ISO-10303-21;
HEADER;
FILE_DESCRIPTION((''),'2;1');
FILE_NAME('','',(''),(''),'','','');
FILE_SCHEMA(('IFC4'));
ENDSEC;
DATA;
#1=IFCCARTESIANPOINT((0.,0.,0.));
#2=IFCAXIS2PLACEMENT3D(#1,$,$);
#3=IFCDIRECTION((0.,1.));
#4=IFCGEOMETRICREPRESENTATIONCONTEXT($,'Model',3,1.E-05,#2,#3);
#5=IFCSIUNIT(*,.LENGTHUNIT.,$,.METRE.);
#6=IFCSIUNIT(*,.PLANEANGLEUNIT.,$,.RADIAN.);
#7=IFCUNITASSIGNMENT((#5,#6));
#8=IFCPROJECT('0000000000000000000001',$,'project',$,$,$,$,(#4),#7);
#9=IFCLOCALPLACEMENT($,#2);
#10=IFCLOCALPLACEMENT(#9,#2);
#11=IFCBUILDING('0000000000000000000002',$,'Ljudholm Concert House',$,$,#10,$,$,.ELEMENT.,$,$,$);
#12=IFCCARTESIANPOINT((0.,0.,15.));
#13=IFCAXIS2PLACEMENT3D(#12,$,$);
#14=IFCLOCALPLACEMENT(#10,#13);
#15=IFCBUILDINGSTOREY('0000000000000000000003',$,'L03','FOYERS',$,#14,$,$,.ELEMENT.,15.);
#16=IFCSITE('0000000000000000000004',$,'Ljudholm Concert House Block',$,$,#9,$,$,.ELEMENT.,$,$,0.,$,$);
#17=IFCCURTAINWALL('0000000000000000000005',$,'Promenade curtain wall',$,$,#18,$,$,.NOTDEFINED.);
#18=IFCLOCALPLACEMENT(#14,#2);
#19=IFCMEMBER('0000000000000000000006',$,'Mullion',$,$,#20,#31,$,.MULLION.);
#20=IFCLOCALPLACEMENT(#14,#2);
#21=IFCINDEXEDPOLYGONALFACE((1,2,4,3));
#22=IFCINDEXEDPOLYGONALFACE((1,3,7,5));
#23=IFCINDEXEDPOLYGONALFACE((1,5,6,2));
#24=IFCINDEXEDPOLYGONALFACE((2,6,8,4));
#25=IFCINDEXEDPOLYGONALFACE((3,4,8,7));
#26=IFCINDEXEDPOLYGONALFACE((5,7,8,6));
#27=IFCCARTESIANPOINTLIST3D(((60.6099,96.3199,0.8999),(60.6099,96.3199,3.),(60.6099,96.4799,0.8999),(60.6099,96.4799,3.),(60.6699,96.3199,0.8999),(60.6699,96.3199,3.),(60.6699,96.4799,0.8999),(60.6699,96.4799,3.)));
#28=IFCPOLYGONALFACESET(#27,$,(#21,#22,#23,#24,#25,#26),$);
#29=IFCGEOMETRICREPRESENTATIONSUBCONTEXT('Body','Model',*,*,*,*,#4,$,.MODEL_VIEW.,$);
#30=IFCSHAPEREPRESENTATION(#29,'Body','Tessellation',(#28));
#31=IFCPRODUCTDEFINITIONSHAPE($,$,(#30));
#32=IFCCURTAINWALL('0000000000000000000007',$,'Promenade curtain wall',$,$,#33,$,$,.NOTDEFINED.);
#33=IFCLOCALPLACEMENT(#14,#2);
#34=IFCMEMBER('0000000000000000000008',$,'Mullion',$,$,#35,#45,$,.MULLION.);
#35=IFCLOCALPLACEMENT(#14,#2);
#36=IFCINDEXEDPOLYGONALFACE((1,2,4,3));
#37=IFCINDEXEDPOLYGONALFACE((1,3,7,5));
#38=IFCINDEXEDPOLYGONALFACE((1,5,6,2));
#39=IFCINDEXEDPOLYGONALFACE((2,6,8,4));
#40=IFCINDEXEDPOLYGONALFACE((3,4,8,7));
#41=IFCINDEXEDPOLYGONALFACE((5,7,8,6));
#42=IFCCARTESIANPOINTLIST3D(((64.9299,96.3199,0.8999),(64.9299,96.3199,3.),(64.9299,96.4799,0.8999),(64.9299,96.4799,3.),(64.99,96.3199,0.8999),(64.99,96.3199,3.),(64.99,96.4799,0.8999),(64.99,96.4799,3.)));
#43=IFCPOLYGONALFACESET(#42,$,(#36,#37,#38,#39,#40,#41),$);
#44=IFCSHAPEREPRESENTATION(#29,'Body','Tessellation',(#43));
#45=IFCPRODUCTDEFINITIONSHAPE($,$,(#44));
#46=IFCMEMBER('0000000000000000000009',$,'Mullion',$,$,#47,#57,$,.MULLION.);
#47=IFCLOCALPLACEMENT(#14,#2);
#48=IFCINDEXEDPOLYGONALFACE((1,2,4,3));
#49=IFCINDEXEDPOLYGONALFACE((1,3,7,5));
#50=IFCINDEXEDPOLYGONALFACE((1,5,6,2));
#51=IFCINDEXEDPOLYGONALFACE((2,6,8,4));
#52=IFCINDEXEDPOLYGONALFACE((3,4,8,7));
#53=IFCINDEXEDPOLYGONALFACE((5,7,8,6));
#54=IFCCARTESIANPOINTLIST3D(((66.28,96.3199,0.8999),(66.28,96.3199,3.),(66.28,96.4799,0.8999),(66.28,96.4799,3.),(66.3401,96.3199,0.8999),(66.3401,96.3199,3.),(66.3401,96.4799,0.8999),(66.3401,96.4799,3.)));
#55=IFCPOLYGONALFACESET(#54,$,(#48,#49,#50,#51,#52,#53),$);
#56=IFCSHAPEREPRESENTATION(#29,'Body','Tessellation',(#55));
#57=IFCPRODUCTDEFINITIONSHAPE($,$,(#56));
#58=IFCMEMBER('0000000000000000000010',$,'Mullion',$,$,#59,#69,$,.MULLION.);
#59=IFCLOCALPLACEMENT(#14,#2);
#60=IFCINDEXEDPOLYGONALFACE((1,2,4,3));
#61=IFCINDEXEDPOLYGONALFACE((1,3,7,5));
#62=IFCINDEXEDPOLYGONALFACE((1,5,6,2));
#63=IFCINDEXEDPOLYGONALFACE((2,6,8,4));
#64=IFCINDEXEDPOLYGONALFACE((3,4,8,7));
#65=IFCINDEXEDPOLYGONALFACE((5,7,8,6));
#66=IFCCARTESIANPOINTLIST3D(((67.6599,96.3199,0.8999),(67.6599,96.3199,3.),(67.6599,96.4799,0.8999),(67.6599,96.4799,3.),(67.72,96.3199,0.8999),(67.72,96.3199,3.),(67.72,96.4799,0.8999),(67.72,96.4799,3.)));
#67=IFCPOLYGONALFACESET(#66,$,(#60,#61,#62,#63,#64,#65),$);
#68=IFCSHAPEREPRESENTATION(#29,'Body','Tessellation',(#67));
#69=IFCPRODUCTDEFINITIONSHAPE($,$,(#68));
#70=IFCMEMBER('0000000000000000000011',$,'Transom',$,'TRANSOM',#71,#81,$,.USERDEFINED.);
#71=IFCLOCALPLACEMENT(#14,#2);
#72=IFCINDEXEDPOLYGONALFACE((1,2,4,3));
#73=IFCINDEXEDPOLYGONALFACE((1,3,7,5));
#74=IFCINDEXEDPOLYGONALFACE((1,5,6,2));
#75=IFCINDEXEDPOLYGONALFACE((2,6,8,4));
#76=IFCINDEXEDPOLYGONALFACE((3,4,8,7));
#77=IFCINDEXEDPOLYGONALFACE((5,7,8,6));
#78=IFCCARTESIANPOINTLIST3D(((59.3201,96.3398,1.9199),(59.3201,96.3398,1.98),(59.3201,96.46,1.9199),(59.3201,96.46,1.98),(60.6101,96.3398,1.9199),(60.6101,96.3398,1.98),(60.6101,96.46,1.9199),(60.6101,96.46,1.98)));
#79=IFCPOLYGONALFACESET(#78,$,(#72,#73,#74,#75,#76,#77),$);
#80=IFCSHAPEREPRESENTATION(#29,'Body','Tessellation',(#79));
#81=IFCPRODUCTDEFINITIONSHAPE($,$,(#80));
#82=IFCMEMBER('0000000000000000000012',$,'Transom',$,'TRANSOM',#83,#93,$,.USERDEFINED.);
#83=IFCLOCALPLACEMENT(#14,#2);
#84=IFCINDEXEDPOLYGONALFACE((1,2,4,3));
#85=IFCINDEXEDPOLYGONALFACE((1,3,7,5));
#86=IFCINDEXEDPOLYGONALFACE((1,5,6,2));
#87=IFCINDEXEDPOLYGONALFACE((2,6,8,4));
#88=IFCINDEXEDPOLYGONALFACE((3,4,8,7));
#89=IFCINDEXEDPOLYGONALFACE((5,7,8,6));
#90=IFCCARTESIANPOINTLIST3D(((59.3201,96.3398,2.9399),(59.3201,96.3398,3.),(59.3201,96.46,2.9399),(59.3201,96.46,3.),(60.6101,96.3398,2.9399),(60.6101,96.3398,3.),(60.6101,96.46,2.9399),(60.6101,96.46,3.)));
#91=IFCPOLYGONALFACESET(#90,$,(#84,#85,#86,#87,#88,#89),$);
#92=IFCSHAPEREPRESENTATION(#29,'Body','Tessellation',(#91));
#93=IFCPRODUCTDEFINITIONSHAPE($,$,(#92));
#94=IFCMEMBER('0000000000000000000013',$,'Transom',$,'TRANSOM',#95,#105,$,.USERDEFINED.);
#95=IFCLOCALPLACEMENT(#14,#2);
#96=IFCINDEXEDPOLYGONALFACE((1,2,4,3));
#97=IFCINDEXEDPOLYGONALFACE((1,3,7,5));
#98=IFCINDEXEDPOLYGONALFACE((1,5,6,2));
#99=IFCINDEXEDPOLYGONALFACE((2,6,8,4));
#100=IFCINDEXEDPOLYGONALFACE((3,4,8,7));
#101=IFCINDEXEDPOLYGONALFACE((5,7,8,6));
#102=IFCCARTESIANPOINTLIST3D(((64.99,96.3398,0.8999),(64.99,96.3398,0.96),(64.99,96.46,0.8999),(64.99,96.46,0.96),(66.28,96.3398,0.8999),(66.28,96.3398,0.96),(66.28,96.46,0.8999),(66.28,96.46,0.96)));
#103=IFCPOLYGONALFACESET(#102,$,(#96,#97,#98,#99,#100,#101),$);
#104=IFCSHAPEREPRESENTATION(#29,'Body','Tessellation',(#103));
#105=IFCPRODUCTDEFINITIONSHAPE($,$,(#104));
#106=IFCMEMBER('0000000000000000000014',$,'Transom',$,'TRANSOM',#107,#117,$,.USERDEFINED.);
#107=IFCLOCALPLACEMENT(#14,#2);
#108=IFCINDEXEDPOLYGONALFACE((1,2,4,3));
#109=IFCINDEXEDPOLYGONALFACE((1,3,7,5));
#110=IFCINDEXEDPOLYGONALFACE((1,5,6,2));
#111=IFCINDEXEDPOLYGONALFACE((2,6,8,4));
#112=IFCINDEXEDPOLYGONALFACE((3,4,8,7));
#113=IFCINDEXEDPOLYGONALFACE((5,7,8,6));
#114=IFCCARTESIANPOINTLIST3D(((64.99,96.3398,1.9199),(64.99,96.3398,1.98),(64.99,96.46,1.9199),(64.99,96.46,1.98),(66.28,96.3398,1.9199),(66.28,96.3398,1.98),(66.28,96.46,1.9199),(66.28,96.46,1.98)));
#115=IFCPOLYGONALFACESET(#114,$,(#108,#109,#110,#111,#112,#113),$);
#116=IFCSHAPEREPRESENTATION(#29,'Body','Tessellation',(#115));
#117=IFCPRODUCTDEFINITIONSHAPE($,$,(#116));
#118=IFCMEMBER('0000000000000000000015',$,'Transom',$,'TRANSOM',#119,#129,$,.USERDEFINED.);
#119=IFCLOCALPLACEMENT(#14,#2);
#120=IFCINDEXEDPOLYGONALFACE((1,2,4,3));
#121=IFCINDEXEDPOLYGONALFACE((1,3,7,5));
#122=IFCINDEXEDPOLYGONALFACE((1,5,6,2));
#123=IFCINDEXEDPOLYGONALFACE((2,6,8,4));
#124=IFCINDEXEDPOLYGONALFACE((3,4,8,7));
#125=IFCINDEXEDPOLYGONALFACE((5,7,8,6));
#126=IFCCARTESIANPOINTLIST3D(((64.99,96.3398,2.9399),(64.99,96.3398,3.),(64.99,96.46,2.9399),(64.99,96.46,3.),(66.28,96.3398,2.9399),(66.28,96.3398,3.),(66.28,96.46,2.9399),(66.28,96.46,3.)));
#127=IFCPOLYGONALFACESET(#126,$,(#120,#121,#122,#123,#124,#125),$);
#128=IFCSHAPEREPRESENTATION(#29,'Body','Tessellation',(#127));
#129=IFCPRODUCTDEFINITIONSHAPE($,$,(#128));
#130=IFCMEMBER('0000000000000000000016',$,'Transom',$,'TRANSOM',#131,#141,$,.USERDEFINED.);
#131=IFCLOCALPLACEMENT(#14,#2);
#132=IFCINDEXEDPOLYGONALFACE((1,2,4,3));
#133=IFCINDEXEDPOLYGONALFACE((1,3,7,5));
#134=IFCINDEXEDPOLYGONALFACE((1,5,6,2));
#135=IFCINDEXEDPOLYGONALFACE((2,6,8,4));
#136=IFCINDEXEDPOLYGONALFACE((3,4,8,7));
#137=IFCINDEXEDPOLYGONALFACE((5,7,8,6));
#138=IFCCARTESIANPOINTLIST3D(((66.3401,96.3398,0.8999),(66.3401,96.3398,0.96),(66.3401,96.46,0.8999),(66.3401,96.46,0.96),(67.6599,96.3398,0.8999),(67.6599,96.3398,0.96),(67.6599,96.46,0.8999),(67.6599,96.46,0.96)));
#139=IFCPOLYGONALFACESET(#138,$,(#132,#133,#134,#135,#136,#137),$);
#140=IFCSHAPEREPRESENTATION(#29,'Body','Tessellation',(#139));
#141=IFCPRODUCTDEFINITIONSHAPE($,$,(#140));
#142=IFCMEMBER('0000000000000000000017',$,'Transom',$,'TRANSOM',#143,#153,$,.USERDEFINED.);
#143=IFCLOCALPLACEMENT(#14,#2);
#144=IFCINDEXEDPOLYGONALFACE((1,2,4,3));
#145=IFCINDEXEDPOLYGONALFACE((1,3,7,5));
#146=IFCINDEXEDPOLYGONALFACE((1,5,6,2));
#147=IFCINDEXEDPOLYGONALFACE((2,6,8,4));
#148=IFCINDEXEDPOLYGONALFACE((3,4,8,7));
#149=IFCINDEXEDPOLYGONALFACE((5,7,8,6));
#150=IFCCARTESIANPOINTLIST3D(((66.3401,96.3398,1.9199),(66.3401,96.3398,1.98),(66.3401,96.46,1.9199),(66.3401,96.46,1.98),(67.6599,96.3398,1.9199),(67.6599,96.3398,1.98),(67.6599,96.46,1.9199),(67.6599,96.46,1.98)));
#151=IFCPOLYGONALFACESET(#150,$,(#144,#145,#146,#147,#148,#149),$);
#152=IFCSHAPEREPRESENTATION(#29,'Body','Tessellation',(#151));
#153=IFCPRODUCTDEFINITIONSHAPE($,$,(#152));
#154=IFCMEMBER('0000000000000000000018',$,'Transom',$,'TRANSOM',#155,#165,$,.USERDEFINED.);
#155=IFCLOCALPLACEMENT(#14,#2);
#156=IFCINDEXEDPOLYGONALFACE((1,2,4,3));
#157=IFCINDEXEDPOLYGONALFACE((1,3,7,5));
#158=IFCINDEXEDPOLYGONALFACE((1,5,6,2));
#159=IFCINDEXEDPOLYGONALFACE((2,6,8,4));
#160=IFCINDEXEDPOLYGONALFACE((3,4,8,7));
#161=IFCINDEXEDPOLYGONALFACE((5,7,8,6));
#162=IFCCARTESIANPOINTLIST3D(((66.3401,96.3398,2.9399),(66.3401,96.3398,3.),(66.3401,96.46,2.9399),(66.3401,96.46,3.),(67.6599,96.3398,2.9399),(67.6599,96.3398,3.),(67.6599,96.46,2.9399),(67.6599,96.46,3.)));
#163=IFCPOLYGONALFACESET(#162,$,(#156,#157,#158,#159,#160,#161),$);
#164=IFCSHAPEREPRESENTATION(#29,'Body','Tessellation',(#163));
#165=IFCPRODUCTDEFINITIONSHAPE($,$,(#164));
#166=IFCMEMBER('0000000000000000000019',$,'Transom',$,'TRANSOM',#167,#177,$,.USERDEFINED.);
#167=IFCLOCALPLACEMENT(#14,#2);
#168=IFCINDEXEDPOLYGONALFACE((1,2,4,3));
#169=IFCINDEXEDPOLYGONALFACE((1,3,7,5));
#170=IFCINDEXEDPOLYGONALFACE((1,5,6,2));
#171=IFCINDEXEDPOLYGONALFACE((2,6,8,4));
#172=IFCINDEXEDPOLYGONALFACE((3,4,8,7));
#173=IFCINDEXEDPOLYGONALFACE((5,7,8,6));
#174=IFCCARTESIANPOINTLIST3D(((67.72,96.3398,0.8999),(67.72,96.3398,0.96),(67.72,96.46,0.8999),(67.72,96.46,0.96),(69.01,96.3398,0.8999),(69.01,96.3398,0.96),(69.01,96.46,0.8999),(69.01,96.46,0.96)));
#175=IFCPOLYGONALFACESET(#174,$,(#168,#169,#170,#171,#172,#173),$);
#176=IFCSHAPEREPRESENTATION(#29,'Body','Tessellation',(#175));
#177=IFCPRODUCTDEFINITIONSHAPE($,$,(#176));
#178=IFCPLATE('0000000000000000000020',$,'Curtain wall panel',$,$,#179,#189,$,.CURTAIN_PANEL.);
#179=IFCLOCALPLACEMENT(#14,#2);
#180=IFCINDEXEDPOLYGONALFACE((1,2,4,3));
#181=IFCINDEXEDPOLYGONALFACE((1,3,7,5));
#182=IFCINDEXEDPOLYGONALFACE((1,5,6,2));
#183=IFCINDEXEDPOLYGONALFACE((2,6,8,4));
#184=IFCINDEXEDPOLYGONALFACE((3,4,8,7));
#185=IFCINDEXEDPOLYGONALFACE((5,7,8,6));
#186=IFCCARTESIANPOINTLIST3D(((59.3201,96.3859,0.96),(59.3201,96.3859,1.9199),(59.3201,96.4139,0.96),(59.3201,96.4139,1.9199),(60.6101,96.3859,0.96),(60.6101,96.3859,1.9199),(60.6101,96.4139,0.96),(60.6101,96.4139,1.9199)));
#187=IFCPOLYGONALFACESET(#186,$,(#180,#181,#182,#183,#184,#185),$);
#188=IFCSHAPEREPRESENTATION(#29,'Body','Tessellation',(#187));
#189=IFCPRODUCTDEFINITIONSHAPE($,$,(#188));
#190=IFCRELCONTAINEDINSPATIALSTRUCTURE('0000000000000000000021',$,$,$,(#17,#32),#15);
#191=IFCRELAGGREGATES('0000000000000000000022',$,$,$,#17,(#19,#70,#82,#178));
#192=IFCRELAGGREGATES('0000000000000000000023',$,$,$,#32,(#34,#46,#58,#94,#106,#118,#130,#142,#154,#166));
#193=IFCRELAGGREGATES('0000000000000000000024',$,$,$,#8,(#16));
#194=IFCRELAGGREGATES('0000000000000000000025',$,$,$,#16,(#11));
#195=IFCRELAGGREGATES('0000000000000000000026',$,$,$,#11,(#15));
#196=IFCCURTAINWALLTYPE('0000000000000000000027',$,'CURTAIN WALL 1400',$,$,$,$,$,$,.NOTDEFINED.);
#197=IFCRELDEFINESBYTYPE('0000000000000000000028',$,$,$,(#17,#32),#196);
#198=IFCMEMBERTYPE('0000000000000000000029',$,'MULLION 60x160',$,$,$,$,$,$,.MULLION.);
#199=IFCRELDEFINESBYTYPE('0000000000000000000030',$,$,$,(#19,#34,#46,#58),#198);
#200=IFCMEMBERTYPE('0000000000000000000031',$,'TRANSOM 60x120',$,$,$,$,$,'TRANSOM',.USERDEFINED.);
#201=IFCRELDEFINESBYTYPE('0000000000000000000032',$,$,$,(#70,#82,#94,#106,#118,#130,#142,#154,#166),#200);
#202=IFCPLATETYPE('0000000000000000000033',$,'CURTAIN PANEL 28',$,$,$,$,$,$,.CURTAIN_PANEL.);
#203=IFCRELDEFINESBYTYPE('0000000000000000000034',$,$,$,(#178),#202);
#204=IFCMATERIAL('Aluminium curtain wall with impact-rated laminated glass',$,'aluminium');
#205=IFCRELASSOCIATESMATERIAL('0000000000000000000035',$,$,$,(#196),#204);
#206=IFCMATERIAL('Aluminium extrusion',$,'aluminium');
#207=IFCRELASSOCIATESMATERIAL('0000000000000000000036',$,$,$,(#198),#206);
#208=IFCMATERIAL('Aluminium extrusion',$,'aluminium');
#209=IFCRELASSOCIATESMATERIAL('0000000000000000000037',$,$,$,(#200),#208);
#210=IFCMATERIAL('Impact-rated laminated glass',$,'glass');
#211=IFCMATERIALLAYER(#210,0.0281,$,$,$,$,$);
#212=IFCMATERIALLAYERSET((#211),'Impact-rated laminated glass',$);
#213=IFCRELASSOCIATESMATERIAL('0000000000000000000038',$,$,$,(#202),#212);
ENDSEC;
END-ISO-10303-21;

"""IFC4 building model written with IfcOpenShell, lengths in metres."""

from ifc_helpers import new_model, si_unit, direction, frame, origin, origin_2d, place, context, subcontext, project, spatial, rectangle, extrude, material, layer, layer_set, material_profile, profile_set, type_object, element, aggregate, save


model = new_model("IFC4")

# Units and contexts
model_context = context("Model", 3, precision=1e-05, world=origin(), true_north=direction((0.0, 1.0)))
body_context = subcontext(model_context, "Body", "Model", "MODEL_VIEW")
ifc_project = project(units=[si_unit("LENGTHUNIT", "METRE"), si_unit("PLANEANGLEUNIT", "RADIAN")], contexts=[model_context])

# Site, building, storey
site_placement = place(None, origin())
site = spatial("IfcSite", under=ifc_project, at=site_placement, Name="Ljudholm Concert House Block", CompositionType="ELEMENT", RefElevation=0.0)
building_placement = place(site_placement, origin())
building = spatial("IfcBuilding", under=site, at=building_placement, Name="Ljudholm Concert House", CompositionType="ELEMENT")
storey_placement = place(building_placement, frame((0.0, 0.0, 15.0)))
storey = spatial("IfcBuildingStorey", under=building, at=storey_placement, Name="L03", Description="FOYERS", CompositionType="ELEMENT", Elevation=15.0)

# Curtain wall, member
ifc_material_1 = material(Name="Aluminium curtain wall with impact-rated laminated glass", Category="aluminium")
curtain_wall_type = type_object("IfcCurtainWallType", Name="CURTAIN WALL 1400", PredefinedType="NOTDEFINED", material=ifc_material_1)
curtain_wall_1_placement = place(storey_placement, origin())
curtain_wall_1 = element("IfcCurtainWall", 1, at=curtain_wall_1_placement, inside=storey, type_object=curtain_wall_type, Name="Promenade curtain wall", PredefinedType="NOTDEFINED")
ifc_material_2 = material(Name="Aluminium extrusion", Category="aluminium")
ifc_material_profile_1 = material_profile(ifc_material_2, rectangle(XDim=0.1599, YDim=0.0601, at=origin_2d()), Name="MULLION 60x160")
ifc_profile_set_1 = profile_set([ifc_material_profile_1], Name="Aluminium extrusion")
member_type_1 = type_object("IfcMemberType", Name="MULLION 60x160", PredefinedType="MULLION", material=ifc_profile_set_1)
member_1_placement = place(storey_placement, frame((60.6399, 96.3999, 0.8999), z_axis=(0.0, 0.0, 1.0), x_axis=(0.0, 1.0, 0.0)))
member_1 = element("IfcMember", 2, at=member_1_placement, type_object=member_type_1, Name="Mullion", PredefinedType="MULLION", context=body_context, shape_type="SweptSolid", body=[
    extrude(rectangle(XDim=0.1599, YDim=0.0601, at=origin_2d()), origin(), (0.0, 0.0, 1.0), 2.1001),
])

# Curtain wall, members
curtain_wall_2_placement = place(storey_placement, origin())
curtain_wall_2 = element("IfcCurtainWall", 3, at=curtain_wall_2_placement, inside=storey, type_object=curtain_wall_type, Name="Promenade curtain wall", PredefinedType="NOTDEFINED")
member_2_placement = place(storey_placement, frame((64.96, 96.3999, 0.8999), z_axis=(0.0, 0.0, 1.0), x_axis=(0.0, 1.0, 0.0)))
member_2 = element("IfcMember", 4, at=member_2_placement, type_object=member_type_1, Name="Mullion", PredefinedType="MULLION", context=body_context, shape_type="SweptSolid", body=[
    extrude(rectangle(XDim=0.1599, YDim=0.0601, at=origin_2d()), origin(), (0.0, 0.0, 1.0), 2.1001),
])
member_3_placement = place(storey_placement, frame((66.3101, 96.3999, 0.8999), z_axis=(0.0, 0.0, 1.0), x_axis=(0.0, 1.0, 0.0)))
member_3 = element("IfcMember", 5, at=member_3_placement, type_object=member_type_1, Name="Mullion", PredefinedType="MULLION", context=body_context, shape_type="SweptSolid", body=[
    extrude(rectangle(XDim=0.1599, YDim=0.0601, at=origin_2d()), origin(), (0.0, 0.0, 1.0), 2.1001),
])
member_4_placement = place(storey_placement, frame((67.6899, 96.3999, 0.8999), z_axis=(0.0, 0.0, 1.0), x_axis=(0.0, 1.0, 0.0)))
member_4 = element("IfcMember", 6, at=member_4_placement, type_object=member_type_1, Name="Mullion", PredefinedType="MULLION", context=body_context, shape_type="SweptSolid", body=[
    extrude(rectangle(XDim=0.1599, YDim=0.0601, at=origin_2d()), origin(), (0.0, 0.0, 1.0), 2.1001),
])

# Members
ifc_material_3 = material(Name="Aluminium extrusion", Category="aluminium")
ifc_material_profile_2 = material_profile(ifc_material_3, rectangle(XDim=0.1201, YDim=0.0601, at=origin_2d()), Name="TRANSOM 60x120")
ifc_profile_set_2 = profile_set([ifc_material_profile_2], Name="Aluminium extrusion")
member_type_2 = type_object("IfcMemberType", Name="TRANSOM 60x120", ElementType="TRANSOM", PredefinedType="USERDEFINED", material=ifc_profile_set_2)
member_5_placement = place(storey_placement, frame((59.3201, 96.3999, 1.95), z_axis=(1.0, 0.0, 0.0), x_axis=(0.0, 1.0, 0.0)))
member_5 = element("IfcMember", 7, at=member_5_placement, type_object=member_type_2, Name="Transom", ObjectType="TRANSOM", PredefinedType="USERDEFINED", context=body_context, shape_type="SweptSolid", body=[
    extrude(rectangle(XDim=0.1201, YDim=0.0601, at=origin_2d()), origin(), (0.0, 0.0, 1.0), 1.29),
])
member_6_placement = place(storey_placement, frame((59.3201, 96.3999, 2.97), z_axis=(1.0, 0.0, 0.0), x_axis=(0.0, 1.0, 0.0)))
member_6 = element("IfcMember", 8, at=member_6_placement, type_object=member_type_2, Name="Transom", ObjectType="TRANSOM", PredefinedType="USERDEFINED", context=body_context, shape_type="SweptSolid", body=[
    extrude(rectangle(XDim=0.1201, YDim=0.0601, at=origin_2d()), origin(), (0.0, 0.0, 1.0), 1.29),
])
member_7_placement = place(storey_placement, frame((64.99, 96.3999, 0.9299), z_axis=(1.0, 0.0, 0.0), x_axis=(0.0, 1.0, 0.0)))
member_7 = element("IfcMember", 9, at=member_7_placement, type_object=member_type_2, Name="Transom", ObjectType="TRANSOM", PredefinedType="USERDEFINED", context=body_context, shape_type="SweptSolid", body=[
    extrude(rectangle(XDim=0.1201, YDim=0.0601, at=origin_2d()), origin(), (0.0, 0.0, 1.0), 1.29),
])
member_8_placement = place(storey_placement, frame((64.99, 96.3999, 1.95), z_axis=(1.0, 0.0, 0.0), x_axis=(0.0, 1.0, 0.0)))
member_8 = element("IfcMember", 10, at=member_8_placement, type_object=member_type_2, Name="Transom", ObjectType="TRANSOM", PredefinedType="USERDEFINED", context=body_context, shape_type="SweptSolid", body=[
    extrude(rectangle(XDim=0.1201, YDim=0.0601, at=origin_2d()), origin(), (0.0, 0.0, 1.0), 1.29),
])
member_9_placement = place(storey_placement, frame((64.99, 96.3999, 2.97), z_axis=(1.0, 0.0, 0.0), x_axis=(0.0, 1.0, 0.0)))
member_9 = element("IfcMember", 11, at=member_9_placement, type_object=member_type_2, Name="Transom", ObjectType="TRANSOM", PredefinedType="USERDEFINED", context=body_context, shape_type="SweptSolid", body=[
    extrude(rectangle(XDim=0.1201, YDim=0.0601, at=origin_2d()), origin(), (0.0, 0.0, 1.0), 1.29),
])
member_10_placement = place(storey_placement, frame((66.3401, 96.3999, 0.9299), z_axis=(1.0, 0.0, 0.0), x_axis=(0.0, 1.0, 0.0)))
member_10 = element("IfcMember", 12, at=member_10_placement, type_object=member_type_2, Name="Transom", ObjectType="TRANSOM", PredefinedType="USERDEFINED", context=body_context, shape_type="SweptSolid", body=[
    extrude(rectangle(XDim=0.1201, YDim=0.0601, at=origin_2d()), origin(), (0.0, 0.0, 1.0), 1.3198),
])
member_11_placement = place(storey_placement, frame((66.3401, 96.3999, 1.95), z_axis=(1.0, 0.0, 0.0), x_axis=(0.0, 1.0, 0.0)))
member_11 = element("IfcMember", 13, at=member_11_placement, type_object=member_type_2, Name="Transom", ObjectType="TRANSOM", PredefinedType="USERDEFINED", context=body_context, shape_type="SweptSolid", body=[
    extrude(rectangle(XDim=0.1201, YDim=0.0601, at=origin_2d()), origin(), (0.0, 0.0, 1.0), 1.3198),
])
member_12_placement = place(storey_placement, frame((66.3401, 96.3999, 2.97), z_axis=(1.0, 0.0, 0.0), x_axis=(0.0, 1.0, 0.0)))
member_12 = element("IfcMember", 14, at=member_12_placement, type_object=member_type_2, Name="Transom", ObjectType="TRANSOM", PredefinedType="USERDEFINED", context=body_context, shape_type="SweptSolid", body=[
    extrude(rectangle(XDim=0.1201, YDim=0.0601, at=origin_2d()), origin(), (0.0, 0.0, 1.0), 1.3198),
])
member_13_placement = place(storey_placement, frame((67.72, 96.3999, 0.9299), z_axis=(1.0, 0.0, 0.0), x_axis=(0.0, 1.0, 0.0)))
member_13 = element("IfcMember", 15, at=member_13_placement, type_object=member_type_2, Name="Transom", ObjectType="TRANSOM", PredefinedType="USERDEFINED", context=body_context, shape_type="SweptSolid", body=[
    extrude(rectangle(XDim=0.1201, YDim=0.0601, at=origin_2d()), origin(), (0.0, 0.0, 1.0), 1.29),
])

# Plate
ifc_material_4 = material(Name="Impact-rated laminated glass", Category="glass")
ifc_layer_1 = layer(ifc_material_4, 0.0281)
ifc_layer_set_1 = layer_set([ifc_layer_1], Name="Impact-rated laminated glass")
plate_type = type_object("IfcPlateType", Name="CURTAIN PANEL 28", PredefinedType="CURTAIN_PANEL", material=ifc_layer_set_1)
plate_1_placement = place(storey_placement, frame((59.9651, 96.3999, 0.96), z_axis=(0.0, 0.0, 1.0), x_axis=(1.0, 0.0, 0.0)))
plate_1 = element("IfcPlate", 16, at=plate_1_placement, type_object=plate_type, Name="Curtain wall panel", PredefinedType="CURTAIN_PANEL", context=body_context, shape_type="SweptSolid", body=[
    extrude(rectangle(XDim=1.29, YDim=0.0281, at=origin_2d()), origin(), (0.0, 0.0, 1.0), 0.96),
])
aggregate(curtain_wall_1, [member_1, member_5, member_6, plate_1])
aggregate(curtain_wall_2, [member_2, member_3, member_4, member_7, member_8, member_9, member_10, member_11, member_12, member_13])

save(model, "model.ifc")
